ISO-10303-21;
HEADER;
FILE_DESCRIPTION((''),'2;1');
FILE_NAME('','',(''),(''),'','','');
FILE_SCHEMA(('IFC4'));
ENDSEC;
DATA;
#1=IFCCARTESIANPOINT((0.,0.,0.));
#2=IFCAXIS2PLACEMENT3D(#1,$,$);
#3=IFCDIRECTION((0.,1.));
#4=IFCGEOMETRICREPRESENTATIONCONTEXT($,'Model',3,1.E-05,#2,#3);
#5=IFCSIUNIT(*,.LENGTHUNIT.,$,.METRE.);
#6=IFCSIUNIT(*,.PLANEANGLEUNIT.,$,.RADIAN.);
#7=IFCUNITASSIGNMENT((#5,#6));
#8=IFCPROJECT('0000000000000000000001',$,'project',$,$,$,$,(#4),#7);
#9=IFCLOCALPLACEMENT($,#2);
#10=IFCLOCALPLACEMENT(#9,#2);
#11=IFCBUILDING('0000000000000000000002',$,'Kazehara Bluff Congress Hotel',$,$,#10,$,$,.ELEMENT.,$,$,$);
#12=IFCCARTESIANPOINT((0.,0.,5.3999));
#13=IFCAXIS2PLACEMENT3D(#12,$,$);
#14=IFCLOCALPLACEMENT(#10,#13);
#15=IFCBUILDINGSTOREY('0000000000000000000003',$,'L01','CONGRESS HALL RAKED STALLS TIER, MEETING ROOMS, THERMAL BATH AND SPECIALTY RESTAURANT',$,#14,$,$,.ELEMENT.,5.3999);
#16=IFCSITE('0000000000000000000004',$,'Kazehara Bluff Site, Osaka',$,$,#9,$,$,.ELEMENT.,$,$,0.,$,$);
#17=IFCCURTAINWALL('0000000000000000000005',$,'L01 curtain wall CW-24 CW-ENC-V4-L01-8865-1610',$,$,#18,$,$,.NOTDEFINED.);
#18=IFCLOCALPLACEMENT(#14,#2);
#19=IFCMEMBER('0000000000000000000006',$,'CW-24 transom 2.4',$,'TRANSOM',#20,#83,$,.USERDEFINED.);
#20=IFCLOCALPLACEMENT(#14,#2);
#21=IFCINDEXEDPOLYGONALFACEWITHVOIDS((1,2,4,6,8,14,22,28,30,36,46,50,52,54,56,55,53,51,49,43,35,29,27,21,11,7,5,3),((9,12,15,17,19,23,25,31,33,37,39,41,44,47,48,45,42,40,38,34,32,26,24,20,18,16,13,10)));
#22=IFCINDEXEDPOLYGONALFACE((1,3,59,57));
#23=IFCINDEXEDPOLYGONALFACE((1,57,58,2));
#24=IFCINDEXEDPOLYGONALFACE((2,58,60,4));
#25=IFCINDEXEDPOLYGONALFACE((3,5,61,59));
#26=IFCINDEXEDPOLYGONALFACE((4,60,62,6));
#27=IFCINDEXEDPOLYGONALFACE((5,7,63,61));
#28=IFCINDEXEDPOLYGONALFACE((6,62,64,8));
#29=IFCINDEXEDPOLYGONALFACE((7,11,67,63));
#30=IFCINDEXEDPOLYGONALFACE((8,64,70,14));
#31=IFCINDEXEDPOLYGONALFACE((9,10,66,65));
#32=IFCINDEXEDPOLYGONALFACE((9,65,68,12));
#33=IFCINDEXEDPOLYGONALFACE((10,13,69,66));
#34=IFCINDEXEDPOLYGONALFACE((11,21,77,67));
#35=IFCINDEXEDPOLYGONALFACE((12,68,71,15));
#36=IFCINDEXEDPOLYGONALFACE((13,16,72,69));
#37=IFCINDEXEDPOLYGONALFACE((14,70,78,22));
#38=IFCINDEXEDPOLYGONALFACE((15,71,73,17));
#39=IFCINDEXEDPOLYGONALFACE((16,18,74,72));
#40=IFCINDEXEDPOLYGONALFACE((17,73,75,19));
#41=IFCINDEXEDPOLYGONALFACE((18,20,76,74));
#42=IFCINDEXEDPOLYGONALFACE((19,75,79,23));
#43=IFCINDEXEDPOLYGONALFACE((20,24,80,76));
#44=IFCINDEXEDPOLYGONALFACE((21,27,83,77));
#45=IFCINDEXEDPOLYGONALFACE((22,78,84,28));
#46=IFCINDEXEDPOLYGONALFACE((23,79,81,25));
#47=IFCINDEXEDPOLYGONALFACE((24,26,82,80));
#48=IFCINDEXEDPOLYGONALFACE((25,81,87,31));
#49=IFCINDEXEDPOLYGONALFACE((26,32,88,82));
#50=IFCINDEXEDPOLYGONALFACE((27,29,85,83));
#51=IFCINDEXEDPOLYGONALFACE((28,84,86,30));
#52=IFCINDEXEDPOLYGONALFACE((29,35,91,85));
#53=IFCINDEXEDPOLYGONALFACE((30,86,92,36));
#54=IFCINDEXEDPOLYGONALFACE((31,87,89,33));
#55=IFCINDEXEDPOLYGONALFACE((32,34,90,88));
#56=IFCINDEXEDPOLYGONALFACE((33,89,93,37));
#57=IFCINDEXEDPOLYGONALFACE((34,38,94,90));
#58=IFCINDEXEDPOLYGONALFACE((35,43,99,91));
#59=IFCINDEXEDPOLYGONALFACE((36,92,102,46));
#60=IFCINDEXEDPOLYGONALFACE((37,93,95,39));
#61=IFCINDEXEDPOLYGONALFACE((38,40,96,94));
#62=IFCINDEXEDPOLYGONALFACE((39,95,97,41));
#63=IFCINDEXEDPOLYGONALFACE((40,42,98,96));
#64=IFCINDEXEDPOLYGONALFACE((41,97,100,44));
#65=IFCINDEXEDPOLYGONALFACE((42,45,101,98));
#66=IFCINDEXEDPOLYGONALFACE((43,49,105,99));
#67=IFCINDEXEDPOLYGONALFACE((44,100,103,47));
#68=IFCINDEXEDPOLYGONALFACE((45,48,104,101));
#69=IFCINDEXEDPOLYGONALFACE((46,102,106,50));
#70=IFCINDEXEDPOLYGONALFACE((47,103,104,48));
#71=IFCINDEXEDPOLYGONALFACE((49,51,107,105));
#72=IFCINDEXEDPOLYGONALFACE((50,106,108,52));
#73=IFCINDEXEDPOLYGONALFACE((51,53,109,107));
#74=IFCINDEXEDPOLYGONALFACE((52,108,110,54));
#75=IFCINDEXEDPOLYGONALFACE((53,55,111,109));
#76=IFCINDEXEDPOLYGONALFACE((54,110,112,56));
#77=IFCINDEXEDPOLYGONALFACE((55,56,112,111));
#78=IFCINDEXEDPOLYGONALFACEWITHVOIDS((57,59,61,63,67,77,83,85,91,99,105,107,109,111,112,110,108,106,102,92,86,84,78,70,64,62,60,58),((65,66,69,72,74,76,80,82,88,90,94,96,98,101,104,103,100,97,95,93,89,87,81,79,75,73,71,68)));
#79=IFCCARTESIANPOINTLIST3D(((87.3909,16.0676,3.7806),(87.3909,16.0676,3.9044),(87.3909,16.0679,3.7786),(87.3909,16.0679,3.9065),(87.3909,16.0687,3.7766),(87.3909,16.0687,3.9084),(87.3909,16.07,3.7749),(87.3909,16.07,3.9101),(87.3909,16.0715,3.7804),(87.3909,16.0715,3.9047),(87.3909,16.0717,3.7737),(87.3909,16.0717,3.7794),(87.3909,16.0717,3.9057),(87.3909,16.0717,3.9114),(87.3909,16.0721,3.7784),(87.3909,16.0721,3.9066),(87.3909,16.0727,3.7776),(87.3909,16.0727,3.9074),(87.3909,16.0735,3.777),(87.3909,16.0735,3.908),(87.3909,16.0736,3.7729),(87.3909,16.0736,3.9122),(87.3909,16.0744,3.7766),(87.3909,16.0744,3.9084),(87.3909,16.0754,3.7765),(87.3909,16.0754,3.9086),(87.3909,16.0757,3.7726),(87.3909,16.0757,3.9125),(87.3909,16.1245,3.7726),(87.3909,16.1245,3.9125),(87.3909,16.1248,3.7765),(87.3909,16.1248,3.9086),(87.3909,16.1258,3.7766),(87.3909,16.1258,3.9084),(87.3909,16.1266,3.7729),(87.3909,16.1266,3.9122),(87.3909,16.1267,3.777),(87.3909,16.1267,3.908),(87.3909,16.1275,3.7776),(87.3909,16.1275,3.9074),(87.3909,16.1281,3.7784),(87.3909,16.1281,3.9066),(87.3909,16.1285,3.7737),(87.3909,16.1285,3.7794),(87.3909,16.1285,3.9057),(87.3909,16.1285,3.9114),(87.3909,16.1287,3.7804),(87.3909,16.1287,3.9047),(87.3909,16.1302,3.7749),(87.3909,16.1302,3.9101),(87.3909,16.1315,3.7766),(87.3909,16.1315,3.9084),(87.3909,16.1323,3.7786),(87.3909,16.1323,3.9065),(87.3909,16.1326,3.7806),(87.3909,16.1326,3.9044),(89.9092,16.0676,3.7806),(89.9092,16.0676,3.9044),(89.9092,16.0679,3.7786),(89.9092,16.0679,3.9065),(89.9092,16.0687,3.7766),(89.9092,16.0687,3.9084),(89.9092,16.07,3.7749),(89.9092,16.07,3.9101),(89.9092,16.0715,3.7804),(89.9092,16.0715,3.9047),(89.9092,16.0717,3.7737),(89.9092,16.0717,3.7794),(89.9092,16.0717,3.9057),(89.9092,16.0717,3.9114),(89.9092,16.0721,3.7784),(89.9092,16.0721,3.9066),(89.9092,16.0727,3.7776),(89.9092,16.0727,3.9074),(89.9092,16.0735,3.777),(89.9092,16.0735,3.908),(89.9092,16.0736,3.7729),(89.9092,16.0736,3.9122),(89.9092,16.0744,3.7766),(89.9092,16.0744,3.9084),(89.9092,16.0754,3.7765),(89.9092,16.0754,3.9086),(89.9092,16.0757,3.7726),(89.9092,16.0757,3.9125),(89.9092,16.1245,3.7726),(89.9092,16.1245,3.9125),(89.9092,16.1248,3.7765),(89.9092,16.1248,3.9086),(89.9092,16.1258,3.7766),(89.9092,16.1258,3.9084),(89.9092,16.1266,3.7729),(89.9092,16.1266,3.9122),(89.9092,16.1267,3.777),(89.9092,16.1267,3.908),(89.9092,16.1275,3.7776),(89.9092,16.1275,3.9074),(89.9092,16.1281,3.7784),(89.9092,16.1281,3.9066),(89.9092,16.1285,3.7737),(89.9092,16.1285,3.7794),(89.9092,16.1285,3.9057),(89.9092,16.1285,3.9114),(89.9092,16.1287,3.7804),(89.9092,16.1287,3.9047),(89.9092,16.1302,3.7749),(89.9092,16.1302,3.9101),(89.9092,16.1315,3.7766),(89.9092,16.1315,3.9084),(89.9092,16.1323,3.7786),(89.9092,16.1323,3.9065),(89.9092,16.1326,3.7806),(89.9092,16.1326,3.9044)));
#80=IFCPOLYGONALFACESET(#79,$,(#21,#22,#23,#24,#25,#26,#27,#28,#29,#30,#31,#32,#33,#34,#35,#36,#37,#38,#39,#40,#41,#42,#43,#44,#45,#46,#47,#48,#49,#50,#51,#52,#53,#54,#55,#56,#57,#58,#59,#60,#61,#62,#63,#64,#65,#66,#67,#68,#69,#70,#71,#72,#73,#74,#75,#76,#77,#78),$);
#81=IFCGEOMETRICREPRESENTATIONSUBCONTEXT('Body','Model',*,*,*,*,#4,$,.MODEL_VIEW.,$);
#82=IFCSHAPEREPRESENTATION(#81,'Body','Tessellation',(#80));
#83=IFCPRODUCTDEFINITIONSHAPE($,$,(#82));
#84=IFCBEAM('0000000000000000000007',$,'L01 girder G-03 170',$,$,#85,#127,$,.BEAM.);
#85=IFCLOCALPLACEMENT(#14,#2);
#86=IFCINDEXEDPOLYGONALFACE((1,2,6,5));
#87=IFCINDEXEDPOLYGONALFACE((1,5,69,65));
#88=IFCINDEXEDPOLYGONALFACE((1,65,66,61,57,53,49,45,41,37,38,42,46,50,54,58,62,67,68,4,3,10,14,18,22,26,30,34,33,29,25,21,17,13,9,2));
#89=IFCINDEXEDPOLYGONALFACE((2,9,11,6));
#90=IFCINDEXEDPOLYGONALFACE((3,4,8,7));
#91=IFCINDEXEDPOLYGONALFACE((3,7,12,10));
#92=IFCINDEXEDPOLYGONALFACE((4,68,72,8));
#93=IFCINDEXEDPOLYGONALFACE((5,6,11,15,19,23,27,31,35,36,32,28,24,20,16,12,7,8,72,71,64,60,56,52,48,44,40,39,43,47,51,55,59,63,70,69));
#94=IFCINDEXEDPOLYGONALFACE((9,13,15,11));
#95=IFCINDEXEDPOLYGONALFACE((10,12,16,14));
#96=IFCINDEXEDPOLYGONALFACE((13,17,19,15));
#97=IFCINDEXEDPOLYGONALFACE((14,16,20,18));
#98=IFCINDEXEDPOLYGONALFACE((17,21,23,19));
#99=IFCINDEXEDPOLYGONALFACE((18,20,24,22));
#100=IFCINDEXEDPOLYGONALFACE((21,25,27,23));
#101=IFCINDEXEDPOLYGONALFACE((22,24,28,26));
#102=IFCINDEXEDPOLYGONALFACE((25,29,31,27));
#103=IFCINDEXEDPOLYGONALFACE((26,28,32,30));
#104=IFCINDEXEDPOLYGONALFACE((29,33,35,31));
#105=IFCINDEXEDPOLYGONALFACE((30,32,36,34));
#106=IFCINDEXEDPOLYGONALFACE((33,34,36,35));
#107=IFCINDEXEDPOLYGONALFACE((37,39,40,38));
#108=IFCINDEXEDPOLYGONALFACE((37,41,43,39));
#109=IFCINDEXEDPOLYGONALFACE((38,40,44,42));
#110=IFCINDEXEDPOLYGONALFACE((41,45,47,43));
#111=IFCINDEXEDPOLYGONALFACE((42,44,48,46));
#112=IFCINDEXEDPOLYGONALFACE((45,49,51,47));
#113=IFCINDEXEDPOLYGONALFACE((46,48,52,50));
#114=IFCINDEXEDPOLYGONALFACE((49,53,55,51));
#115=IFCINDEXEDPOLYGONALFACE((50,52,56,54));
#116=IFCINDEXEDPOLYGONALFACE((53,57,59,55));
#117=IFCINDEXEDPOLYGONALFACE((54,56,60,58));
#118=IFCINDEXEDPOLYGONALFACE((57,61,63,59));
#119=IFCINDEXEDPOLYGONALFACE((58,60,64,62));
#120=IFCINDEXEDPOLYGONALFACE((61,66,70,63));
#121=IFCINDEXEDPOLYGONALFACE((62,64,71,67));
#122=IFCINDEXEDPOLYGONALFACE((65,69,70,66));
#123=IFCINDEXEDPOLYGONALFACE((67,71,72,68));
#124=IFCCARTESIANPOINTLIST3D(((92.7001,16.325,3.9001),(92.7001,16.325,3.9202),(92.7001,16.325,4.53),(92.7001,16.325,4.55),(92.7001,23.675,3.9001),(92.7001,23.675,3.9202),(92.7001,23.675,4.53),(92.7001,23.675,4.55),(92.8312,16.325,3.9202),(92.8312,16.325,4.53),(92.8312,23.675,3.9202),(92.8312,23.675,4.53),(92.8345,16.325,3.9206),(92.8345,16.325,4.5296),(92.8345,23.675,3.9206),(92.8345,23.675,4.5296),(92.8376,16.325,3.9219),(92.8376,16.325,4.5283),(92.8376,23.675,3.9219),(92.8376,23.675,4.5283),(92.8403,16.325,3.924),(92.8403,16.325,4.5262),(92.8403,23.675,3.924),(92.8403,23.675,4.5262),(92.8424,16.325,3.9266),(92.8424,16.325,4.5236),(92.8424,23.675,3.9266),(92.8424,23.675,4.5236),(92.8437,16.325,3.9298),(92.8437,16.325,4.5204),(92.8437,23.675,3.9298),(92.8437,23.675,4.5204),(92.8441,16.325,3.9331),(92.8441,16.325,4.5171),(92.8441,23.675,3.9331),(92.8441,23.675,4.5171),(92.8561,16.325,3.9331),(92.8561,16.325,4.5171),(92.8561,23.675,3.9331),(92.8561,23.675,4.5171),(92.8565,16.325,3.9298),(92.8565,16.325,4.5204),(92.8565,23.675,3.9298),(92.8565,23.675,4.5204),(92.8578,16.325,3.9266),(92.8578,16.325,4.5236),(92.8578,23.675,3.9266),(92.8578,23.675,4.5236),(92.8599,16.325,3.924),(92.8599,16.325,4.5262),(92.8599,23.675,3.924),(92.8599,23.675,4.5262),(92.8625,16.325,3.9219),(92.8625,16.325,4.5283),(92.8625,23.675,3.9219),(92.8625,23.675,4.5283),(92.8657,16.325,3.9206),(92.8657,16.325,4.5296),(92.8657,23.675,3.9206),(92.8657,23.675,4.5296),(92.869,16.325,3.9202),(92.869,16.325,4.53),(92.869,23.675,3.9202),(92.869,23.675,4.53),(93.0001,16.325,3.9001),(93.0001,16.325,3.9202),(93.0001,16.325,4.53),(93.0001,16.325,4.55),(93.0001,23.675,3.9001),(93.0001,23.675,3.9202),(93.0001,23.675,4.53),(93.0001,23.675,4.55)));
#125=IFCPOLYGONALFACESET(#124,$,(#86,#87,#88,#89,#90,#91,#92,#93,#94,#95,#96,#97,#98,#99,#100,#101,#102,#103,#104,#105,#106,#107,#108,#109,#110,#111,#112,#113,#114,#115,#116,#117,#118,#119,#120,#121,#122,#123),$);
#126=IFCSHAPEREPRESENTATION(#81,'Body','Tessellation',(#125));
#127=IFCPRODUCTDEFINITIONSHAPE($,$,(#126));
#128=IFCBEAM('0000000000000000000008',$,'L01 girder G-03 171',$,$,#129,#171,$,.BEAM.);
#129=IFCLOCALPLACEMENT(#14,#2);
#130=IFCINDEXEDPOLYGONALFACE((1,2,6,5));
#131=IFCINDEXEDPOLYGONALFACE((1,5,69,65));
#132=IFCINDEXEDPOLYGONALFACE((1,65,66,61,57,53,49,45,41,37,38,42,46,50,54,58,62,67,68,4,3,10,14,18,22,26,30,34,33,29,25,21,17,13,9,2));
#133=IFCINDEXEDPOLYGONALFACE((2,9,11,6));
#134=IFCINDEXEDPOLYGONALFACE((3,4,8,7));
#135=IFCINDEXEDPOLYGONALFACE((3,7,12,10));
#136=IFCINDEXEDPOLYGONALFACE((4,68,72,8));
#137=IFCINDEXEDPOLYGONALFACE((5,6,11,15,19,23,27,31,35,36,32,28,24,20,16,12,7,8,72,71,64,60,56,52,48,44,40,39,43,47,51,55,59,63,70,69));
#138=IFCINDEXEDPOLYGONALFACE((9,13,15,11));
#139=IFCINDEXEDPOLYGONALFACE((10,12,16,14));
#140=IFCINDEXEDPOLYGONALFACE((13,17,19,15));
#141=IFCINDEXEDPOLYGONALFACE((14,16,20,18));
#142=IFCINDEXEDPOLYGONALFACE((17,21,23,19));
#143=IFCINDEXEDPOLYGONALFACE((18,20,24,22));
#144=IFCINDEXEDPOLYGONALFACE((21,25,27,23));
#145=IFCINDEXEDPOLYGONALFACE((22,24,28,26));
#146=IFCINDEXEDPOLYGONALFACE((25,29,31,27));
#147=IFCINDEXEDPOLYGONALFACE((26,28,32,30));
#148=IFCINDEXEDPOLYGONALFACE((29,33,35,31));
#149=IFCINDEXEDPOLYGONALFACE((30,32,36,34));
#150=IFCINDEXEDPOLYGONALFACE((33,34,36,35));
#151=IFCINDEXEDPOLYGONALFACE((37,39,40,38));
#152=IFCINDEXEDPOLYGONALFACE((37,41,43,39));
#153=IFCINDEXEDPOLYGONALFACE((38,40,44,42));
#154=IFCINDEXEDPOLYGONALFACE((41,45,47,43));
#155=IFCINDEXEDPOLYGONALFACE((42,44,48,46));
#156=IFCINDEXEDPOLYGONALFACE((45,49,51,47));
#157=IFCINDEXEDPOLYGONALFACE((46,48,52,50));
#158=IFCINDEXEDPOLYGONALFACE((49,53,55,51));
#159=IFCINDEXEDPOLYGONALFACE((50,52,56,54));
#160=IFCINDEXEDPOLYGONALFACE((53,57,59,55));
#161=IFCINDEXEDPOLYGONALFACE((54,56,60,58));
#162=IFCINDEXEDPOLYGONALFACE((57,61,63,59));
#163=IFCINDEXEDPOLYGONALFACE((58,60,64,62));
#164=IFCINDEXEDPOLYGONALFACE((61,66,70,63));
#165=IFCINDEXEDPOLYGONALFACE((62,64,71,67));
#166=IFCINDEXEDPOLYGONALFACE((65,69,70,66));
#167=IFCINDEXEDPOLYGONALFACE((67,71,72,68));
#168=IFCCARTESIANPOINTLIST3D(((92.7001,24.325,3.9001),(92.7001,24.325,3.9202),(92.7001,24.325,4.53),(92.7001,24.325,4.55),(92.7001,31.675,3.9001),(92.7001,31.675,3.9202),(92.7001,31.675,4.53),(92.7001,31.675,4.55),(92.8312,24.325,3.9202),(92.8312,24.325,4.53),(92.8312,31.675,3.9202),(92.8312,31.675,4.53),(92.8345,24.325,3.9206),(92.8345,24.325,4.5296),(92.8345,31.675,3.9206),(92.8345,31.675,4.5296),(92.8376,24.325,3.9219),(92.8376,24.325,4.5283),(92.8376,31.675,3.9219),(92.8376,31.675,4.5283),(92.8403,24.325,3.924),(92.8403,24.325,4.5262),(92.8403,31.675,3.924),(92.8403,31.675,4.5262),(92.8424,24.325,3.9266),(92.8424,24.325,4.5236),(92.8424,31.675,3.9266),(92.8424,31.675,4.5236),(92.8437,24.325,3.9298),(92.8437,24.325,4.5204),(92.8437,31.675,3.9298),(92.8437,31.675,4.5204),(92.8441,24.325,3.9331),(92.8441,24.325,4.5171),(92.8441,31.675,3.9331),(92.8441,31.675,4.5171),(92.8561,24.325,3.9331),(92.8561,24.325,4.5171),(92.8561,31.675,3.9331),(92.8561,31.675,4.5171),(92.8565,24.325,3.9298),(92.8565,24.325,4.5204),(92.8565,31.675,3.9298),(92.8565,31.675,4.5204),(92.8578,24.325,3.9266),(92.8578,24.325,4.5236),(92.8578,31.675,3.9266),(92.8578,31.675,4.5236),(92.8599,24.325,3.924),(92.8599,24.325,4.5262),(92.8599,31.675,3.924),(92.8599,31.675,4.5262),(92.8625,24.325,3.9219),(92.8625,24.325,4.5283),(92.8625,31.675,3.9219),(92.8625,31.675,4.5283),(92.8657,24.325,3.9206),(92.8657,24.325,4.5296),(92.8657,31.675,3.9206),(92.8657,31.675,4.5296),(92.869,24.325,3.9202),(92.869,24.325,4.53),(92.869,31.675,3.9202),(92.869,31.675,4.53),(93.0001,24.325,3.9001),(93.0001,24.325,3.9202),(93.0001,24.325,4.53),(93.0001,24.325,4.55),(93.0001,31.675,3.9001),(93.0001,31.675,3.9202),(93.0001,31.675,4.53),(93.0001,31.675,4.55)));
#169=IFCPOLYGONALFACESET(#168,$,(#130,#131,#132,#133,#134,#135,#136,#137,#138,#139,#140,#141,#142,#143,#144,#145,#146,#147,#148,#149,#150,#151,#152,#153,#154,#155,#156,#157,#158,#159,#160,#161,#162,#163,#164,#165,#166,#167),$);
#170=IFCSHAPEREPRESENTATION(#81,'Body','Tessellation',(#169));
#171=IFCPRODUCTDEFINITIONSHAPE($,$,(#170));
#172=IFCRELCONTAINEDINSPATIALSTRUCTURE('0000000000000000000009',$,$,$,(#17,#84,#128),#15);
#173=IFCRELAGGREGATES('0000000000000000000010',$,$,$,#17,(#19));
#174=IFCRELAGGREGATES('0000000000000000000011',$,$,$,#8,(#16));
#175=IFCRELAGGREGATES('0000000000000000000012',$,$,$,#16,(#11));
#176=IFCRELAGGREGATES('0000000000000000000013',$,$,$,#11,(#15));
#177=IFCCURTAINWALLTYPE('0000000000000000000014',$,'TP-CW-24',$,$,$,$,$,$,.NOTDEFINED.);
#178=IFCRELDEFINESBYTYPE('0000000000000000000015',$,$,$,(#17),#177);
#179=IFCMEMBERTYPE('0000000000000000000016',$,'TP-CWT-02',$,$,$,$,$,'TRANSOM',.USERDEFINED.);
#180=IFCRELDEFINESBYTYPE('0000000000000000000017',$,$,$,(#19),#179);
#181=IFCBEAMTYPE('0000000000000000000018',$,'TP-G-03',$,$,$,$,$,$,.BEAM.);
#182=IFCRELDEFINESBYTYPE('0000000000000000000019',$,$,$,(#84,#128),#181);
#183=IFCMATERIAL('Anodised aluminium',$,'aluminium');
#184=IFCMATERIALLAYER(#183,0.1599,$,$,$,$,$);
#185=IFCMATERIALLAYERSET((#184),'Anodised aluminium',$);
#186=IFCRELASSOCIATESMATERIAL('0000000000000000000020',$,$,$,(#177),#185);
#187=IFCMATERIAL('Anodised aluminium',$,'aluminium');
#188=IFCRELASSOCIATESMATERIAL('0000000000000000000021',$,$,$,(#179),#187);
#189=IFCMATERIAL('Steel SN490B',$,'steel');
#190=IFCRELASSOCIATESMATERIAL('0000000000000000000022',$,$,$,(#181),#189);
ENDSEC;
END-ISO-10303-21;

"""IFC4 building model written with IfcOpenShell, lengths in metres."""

from ifc_helpers import new_model, si_unit, direction, frame, origin, origin_2d, place, context, subcontext, project, spatial, hollow_rectangle, i_section, extrude, material, layer, layer_set, material_profile, profile_set, type_object, element, aggregate, save


model = new_model("IFC4")

# Units and contexts
model_context = context("Model", 3, precision=1e-05, world=origin(), true_north=direction((0.0, 1.0)))
body_context = subcontext(model_context, "Body", "Model", "MODEL_VIEW")
ifc_project = project(units=[si_unit("LENGTHUNIT", "METRE"), si_unit("PLANEANGLEUNIT", "RADIAN")], contexts=[model_context])

# Site, building, storey
site_placement = place(None, origin())
site = spatial("IfcSite", under=ifc_project, at=site_placement, Name="Kazehara Bluff Site, Osaka", CompositionType="ELEMENT", RefElevation=0.0)
building_placement = place(site_placement, origin())
building = spatial("IfcBuilding", under=site, at=building_placement, Name="Kazehara Bluff Congress Hotel", CompositionType="ELEMENT")
storey_placement = place(building_placement, frame((0.0, 0.0, 5.3999)))
storey = spatial("IfcBuildingStorey", under=building, at=storey_placement, Name="L01", Description="CONGRESS HALL RAKED STALLS TIER, MEETING ROOMS, THERMAL BATH AND SPECIALTY RESTAURANT", CompositionType="ELEMENT", Elevation=5.3999)

# Curtain wall
ifc_material_1 = material(Name="Anodised aluminium", Category="aluminium")
ifc_layer_1 = layer(ifc_material_1, 0.1599)
ifc_layer_set_1 = layer_set([ifc_layer_1], Name="Anodised aluminium")
curtain_wall_type = type_object("IfcCurtainWallType", Name="TP-CW-24", PredefinedType="NOTDEFINED", material=ifc_layer_set_1)
curtain_wall_1_placement = place(storey_placement, origin())
curtain_wall_1 = element("IfcCurtainWall", 1, at=curtain_wall_1_placement, inside=storey, type_object=curtain_wall_type, Name="L01 curtain wall CW-24 CW-ENC-V4-L01-8865-1610", PredefinedType="NOTDEFINED")

# Member
ifc_material_2 = material(Name="Anodised aluminium", Category="aluminium")
ifc_material_profile_1 = material_profile(ifc_material_2, hollow_rectangle(XDim=0.0649, YDim=0.1399, WallThickness=0.0039, InnerFilletRadius=0.0039, OuterFilletRadius=0.0081, at=origin_2d()))
ifc_profile_set_1 = profile_set([ifc_material_profile_1], Name="Anodised aluminium")
member_type_1 = type_object("IfcMemberType", Name="TP-CWT-02", ElementType="TRANSOM", PredefinedType="USERDEFINED", material=ifc_profile_set_1)
member_1_placement = place(storey_placement, frame((89.9092, 16.1001, 3.8425), z_axis=(-1.0, 0.0, 0.0), x_axis=(0.0, -1.0, 0.0)))
member_1 = element("IfcMember", 2, at=member_1_placement, type_object=member_type_1, Name="CW-24 transom 2.4", ObjectType="TRANSOM", PredefinedType="USERDEFINED", context=body_context, shape_type="SweptSolid", body=[
    extrude(hollow_rectangle(XDim=0.0649, YDim=0.1399, WallThickness=0.0039, InnerFilletRadius=0.0039, OuterFilletRadius=0.0081, at=origin_2d()), origin(), (0.0, 0.0, 1.0), 2.5183),
])

# Beams
ifc_material_3 = material(Name="Steel SN490B", Category="steel")
ifc_material_profile_2 = material_profile(ifc_material_3, i_section(OverallWidth=0.3, OverallDepth=0.6499, WebThickness=0.012, FlangeThickness=0.02, FilletRadius=0.0129, at=origin_2d()))
ifc_profile_set_2 = profile_set([ifc_material_profile_2], Name="Steel SN490B")
beam_type_1 = type_object("IfcBeamType", Name="TP-G-03", PredefinedType="BEAM", material=ifc_profile_set_2)
for number, where, z_axis, x_axis, name in (
    (3, (92.8501, 16.325, 4.2251), (0.0, 1.0, 0.0), (-1.0, 0.0, 0.0), "L01 girder G-03 170"),
    (4, (92.8501, 24.325, 4.2251), (0.0, 1.0, 0.0), (-1.0, 0.0, 0.0), "L01 girder G-03 171"),
):
    element("IfcBeam", number, at=place(storey_placement, frame(where, z_axis=z_axis, x_axis=x_axis)), inside=storey, type_object=beam_type_1, Name=name, PredefinedType="BEAM", context=body_context, shape_type="SweptSolid", body=[
        extrude(i_section(OverallWidth=0.3, OverallDepth=0.6499, WebThickness=0.012, FlangeThickness=0.02, FilletRadius=0.0129, at=origin_2d()), origin(), (0.0, 0.0, 1.0), 7.3501),
    ])

aggregate(curtain_wall_1, [member_1])

save(model, "model.ifc")
